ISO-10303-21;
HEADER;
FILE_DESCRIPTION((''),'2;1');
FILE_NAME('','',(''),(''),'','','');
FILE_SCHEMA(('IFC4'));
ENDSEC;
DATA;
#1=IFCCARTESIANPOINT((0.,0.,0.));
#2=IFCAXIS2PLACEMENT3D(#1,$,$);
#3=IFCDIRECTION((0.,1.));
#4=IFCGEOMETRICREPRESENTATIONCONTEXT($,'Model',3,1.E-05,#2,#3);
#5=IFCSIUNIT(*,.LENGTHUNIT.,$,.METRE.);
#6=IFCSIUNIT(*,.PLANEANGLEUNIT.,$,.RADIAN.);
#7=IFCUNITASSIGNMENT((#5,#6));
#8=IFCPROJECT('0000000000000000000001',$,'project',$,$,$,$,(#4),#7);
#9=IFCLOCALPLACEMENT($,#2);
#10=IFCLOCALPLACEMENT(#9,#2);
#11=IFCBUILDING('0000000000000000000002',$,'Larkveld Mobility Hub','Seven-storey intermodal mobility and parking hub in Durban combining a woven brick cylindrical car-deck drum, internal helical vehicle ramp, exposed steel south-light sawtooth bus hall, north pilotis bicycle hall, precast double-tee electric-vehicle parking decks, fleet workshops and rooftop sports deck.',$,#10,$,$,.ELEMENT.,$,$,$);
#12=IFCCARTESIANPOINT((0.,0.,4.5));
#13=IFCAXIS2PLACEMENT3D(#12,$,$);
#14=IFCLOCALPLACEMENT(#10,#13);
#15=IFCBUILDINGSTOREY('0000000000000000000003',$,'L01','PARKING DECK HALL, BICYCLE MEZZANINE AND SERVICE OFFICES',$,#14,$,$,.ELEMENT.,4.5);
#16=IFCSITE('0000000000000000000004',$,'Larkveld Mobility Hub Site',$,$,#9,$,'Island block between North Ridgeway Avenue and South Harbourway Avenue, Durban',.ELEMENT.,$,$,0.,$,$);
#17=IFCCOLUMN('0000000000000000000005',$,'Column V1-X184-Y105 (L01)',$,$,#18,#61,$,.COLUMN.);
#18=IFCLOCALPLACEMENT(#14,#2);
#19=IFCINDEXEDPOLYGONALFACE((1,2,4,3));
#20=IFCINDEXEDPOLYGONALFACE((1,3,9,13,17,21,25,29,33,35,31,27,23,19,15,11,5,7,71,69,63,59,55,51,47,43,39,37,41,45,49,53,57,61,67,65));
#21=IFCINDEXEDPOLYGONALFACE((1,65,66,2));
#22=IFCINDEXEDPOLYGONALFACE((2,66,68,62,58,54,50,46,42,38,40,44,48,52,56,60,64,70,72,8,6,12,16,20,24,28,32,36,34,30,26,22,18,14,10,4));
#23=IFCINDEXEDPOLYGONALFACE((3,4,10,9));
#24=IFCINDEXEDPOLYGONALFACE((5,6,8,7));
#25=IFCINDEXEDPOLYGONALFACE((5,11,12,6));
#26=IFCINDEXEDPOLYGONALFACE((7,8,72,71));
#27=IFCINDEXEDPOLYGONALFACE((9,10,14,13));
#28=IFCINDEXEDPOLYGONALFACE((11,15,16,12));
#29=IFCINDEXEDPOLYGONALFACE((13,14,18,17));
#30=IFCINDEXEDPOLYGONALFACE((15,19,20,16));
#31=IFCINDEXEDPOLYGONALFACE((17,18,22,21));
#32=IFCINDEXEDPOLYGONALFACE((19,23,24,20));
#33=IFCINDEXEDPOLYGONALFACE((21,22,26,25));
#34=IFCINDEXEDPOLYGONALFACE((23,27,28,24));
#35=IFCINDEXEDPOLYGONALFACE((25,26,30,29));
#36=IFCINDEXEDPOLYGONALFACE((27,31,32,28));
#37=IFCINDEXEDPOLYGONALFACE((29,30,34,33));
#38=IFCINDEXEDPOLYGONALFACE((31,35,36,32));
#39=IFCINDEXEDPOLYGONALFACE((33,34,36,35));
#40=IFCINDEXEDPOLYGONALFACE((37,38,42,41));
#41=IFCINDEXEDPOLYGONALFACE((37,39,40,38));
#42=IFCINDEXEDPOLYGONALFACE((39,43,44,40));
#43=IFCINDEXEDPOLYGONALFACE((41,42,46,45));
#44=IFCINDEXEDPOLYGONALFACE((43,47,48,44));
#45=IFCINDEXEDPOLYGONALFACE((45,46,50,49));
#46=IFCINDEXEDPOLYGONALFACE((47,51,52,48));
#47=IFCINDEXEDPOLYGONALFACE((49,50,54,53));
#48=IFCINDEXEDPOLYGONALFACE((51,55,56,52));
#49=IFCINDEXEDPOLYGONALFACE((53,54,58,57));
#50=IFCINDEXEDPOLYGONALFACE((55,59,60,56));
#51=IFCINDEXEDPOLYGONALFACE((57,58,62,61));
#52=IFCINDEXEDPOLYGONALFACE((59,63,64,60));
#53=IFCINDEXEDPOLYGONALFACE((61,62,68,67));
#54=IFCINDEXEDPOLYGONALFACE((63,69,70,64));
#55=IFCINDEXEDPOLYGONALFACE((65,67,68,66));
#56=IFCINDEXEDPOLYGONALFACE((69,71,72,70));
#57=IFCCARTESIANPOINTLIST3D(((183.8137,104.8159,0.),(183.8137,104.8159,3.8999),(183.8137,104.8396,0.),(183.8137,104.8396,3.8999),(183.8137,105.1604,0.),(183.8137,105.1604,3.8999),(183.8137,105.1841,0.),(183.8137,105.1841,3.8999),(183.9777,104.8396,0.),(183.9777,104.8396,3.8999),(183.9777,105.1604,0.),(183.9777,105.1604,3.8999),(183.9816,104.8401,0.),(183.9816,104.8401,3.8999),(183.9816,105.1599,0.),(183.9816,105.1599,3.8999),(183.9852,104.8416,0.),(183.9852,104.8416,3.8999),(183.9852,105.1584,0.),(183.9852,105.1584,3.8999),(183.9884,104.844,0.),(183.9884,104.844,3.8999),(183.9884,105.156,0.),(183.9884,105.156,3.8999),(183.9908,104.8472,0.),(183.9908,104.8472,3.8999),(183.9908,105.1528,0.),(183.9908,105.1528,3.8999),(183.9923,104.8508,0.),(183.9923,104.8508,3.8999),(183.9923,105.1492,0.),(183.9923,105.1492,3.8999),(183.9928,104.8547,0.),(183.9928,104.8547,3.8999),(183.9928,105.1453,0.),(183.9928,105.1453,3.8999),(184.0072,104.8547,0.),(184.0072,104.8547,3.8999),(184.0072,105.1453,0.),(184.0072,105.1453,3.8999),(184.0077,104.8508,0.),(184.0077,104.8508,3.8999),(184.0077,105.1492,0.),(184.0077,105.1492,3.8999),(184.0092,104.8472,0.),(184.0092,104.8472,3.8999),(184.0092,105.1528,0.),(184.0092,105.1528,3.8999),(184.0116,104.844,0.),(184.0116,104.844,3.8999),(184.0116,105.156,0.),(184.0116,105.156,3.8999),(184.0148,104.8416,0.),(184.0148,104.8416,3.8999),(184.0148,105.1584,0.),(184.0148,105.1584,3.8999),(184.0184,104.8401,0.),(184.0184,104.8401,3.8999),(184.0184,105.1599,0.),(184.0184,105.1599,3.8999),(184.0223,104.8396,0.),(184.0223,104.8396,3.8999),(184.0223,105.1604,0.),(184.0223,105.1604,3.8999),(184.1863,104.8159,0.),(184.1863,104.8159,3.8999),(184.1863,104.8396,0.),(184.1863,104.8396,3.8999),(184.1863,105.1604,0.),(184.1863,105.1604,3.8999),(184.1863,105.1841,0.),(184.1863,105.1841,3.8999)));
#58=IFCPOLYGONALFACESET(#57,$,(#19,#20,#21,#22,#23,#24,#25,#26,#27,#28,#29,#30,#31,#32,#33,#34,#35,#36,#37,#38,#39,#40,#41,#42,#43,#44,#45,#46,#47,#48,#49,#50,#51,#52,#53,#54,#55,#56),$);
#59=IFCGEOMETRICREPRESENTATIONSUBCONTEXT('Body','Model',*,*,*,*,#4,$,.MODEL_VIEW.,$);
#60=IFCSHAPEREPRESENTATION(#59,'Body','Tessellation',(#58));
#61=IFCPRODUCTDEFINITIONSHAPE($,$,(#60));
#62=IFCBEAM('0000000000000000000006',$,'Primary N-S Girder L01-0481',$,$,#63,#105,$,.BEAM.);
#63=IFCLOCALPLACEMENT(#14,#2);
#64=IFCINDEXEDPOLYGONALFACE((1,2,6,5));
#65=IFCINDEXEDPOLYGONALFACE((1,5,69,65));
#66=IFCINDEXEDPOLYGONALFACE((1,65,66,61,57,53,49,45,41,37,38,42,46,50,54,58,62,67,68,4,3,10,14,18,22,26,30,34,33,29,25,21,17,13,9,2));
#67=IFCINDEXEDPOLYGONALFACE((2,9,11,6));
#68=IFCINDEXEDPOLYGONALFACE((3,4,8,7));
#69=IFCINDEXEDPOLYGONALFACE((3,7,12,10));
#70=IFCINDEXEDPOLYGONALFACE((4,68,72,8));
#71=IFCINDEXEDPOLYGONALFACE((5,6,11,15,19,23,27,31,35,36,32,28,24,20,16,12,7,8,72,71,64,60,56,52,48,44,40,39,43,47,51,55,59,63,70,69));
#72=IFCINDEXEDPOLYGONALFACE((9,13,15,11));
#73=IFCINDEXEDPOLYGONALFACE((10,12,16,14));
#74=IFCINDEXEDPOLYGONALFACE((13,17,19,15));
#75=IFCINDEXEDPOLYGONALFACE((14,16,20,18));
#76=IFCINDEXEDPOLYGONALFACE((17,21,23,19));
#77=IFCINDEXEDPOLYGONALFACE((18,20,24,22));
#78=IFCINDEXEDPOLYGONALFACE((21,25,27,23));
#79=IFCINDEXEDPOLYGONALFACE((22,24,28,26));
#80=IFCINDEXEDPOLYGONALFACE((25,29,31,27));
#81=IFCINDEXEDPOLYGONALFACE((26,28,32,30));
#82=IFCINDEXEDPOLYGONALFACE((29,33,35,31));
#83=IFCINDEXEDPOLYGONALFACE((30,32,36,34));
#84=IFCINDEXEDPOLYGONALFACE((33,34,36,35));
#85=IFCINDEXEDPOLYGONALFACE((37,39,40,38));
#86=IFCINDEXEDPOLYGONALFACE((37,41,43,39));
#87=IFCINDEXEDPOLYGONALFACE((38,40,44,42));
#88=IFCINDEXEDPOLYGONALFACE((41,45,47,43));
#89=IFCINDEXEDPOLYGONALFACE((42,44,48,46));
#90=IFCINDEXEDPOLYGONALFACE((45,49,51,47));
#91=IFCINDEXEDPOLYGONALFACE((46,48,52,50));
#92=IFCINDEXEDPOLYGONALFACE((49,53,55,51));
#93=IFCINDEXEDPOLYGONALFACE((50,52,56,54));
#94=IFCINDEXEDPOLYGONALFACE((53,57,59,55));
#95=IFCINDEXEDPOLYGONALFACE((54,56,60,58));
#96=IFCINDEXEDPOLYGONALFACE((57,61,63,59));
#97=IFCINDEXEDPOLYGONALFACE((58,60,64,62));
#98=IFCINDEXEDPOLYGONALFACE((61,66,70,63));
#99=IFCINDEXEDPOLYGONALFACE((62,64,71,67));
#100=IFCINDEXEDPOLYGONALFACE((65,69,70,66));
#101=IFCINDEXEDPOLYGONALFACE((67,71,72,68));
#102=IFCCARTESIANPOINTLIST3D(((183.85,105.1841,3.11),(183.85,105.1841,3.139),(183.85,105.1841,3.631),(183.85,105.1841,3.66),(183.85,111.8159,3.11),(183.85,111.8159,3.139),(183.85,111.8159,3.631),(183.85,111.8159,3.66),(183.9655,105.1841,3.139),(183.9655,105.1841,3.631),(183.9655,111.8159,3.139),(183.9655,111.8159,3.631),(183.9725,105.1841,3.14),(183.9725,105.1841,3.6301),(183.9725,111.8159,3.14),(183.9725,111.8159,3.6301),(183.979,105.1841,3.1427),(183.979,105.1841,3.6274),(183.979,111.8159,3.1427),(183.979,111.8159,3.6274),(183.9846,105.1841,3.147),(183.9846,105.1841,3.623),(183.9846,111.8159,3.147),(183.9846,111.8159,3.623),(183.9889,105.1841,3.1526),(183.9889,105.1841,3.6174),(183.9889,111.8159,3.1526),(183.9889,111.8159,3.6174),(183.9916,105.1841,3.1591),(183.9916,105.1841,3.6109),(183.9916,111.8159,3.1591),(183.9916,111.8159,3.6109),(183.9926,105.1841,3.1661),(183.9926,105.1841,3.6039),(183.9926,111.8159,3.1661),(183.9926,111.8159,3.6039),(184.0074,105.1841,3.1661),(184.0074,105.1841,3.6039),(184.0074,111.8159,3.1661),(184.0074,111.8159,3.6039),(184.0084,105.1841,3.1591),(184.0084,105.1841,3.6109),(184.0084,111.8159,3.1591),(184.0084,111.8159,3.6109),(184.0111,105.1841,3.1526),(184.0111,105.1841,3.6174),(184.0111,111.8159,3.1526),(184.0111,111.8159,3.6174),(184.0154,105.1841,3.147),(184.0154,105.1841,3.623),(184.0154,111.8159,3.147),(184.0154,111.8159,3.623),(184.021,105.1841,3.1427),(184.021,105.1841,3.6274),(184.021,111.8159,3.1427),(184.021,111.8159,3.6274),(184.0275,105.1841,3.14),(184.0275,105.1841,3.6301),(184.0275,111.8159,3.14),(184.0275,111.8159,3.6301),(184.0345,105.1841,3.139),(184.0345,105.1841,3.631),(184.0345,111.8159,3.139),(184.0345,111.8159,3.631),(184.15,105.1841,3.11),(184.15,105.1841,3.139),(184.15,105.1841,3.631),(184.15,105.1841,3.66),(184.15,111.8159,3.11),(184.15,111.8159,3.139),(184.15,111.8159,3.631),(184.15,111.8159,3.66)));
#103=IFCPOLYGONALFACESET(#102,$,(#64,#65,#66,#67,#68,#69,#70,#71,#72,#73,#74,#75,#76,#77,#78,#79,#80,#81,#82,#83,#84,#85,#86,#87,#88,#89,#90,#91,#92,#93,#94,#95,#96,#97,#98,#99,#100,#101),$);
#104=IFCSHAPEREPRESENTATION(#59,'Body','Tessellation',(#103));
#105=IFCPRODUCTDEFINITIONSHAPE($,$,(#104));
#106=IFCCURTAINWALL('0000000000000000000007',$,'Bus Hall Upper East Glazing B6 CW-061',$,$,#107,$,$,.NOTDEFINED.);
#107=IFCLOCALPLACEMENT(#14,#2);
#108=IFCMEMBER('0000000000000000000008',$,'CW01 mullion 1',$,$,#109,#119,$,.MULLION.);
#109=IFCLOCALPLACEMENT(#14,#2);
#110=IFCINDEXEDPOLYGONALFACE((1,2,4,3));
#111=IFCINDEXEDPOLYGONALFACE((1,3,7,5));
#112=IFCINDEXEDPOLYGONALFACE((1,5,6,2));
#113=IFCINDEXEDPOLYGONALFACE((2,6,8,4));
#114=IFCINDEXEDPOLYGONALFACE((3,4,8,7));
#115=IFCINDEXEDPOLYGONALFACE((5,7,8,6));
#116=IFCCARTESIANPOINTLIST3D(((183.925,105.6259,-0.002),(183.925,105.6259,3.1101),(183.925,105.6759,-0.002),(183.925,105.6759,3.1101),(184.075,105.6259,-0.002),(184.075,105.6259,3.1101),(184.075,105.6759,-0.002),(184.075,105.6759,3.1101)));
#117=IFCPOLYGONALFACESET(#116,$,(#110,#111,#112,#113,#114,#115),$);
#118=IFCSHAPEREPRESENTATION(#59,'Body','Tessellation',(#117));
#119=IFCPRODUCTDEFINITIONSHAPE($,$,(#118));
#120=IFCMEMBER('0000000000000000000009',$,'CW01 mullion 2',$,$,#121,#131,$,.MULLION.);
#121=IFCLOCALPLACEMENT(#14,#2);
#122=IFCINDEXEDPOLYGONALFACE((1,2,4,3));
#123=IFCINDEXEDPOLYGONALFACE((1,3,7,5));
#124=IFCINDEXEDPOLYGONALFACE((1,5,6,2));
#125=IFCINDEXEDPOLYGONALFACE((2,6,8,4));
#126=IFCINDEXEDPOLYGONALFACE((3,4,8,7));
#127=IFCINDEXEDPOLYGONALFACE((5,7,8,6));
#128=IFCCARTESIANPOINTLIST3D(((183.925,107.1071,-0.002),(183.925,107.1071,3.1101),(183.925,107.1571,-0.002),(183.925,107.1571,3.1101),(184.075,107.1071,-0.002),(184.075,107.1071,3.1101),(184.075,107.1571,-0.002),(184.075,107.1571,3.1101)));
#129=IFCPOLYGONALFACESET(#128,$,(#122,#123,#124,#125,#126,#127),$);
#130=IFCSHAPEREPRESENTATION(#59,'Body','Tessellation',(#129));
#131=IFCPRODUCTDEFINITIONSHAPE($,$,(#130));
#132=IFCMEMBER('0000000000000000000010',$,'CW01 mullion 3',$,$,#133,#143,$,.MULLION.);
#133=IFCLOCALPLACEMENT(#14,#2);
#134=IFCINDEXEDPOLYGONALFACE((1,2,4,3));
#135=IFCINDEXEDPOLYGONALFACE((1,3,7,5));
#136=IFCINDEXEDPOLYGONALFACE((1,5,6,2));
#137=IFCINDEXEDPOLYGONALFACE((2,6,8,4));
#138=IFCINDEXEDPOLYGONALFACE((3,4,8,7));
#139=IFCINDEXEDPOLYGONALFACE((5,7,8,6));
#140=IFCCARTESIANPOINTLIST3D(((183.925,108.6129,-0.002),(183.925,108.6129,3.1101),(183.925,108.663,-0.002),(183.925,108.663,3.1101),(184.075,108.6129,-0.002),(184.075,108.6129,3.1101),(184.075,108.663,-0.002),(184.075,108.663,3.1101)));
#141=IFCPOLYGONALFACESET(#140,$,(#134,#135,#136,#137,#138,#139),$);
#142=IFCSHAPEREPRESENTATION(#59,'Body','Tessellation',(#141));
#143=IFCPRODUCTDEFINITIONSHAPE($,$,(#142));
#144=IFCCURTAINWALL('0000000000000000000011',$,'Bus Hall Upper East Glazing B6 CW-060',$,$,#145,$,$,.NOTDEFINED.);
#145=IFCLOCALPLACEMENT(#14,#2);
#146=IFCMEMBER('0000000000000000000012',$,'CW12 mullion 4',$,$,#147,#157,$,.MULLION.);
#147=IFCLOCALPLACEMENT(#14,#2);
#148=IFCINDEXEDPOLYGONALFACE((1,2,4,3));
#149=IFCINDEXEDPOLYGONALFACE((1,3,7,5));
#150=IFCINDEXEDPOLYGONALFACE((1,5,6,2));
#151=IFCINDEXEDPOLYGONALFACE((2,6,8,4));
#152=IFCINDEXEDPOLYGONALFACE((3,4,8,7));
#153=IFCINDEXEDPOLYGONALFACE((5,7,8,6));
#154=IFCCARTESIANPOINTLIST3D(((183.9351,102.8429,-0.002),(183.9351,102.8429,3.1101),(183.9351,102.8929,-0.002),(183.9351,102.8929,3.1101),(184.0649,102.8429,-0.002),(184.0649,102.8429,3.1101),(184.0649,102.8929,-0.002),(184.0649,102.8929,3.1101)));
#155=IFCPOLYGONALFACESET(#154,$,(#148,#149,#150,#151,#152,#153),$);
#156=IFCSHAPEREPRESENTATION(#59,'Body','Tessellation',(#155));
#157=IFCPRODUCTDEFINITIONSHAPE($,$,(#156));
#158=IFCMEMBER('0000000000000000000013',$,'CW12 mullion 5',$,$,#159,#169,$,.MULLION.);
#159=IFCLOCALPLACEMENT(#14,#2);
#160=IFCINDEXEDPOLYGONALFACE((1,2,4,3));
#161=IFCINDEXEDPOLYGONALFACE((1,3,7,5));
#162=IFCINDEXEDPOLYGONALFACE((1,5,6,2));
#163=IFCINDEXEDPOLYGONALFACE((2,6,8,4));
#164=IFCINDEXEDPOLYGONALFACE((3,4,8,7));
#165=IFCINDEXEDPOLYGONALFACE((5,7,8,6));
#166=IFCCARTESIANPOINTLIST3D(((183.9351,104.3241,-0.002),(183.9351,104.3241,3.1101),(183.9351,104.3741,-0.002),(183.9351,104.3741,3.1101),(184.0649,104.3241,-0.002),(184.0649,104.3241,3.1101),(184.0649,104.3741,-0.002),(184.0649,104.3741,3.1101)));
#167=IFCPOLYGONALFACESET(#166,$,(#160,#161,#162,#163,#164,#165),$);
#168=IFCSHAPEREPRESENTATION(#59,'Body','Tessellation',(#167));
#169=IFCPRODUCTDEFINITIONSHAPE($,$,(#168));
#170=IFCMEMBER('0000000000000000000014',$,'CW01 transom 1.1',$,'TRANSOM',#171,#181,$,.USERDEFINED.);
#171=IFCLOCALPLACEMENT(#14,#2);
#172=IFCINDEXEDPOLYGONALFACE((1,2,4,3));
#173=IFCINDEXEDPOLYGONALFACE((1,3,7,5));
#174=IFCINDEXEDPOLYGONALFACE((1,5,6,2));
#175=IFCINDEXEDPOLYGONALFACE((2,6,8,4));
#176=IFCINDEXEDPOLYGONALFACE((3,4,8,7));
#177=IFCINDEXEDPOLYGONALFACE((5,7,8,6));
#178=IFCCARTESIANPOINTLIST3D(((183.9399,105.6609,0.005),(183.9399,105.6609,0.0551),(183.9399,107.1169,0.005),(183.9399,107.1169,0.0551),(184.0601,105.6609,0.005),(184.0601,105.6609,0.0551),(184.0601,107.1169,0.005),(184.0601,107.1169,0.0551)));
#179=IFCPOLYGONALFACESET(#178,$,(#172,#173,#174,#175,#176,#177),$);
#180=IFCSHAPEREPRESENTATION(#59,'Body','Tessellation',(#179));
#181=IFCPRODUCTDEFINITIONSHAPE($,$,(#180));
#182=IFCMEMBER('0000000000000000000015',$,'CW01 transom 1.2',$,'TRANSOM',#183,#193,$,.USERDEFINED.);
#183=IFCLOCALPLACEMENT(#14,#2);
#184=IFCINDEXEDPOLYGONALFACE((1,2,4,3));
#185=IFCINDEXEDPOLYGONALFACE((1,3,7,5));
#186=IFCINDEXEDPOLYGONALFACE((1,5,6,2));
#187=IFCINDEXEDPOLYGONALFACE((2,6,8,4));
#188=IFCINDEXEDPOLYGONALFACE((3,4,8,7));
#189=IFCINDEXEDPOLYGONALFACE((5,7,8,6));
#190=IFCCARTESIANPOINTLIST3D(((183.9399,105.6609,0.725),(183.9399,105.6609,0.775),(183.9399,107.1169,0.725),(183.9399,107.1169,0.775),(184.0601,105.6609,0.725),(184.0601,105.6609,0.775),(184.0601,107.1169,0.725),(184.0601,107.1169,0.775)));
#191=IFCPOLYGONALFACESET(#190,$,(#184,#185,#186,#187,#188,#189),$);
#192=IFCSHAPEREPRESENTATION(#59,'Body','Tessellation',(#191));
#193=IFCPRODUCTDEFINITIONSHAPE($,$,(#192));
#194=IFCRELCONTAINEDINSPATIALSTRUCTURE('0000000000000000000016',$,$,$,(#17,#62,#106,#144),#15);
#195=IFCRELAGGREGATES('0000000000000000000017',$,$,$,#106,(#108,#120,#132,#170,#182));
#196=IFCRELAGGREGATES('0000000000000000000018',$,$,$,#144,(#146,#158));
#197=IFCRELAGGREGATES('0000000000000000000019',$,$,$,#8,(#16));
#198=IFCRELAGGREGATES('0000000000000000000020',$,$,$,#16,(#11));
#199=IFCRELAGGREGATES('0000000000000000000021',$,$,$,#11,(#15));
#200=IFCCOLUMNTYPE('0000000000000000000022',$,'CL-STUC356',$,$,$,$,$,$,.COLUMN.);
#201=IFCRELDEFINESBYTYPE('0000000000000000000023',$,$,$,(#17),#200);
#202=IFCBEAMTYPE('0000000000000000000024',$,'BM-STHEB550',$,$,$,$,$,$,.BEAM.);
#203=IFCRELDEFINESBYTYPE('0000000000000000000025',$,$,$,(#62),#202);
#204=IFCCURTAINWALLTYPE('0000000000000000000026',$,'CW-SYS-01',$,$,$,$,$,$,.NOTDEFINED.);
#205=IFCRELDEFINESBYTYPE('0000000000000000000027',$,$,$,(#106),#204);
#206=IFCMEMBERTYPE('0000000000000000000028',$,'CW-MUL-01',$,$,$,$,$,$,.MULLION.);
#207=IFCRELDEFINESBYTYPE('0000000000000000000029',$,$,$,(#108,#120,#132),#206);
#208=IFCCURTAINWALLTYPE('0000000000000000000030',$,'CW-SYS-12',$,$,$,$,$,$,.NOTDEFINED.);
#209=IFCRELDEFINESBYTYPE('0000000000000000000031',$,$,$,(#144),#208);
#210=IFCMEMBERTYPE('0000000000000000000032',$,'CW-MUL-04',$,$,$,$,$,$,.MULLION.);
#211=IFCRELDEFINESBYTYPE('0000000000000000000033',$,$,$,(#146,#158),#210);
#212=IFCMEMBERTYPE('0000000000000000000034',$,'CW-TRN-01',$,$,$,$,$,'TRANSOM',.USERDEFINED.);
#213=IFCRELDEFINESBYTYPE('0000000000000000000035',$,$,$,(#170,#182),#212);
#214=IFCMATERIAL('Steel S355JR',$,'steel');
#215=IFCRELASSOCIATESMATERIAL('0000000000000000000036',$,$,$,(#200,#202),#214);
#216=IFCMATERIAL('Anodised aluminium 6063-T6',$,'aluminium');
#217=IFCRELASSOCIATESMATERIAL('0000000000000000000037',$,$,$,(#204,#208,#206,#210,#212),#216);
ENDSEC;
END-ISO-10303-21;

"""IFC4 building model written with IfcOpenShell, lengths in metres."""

from ifc_helpers import new_model, si_unit, direction, frame, origin, origin_2d, place, context, subcontext, project, spatial, rectangle, i_section, extrude, material, material_profile, profile_set, type_object, element, aggregate, save


model = new_model("IFC4")

# Units and contexts
model_context = context("Model", 3, precision=1e-05, world=origin(), true_north=direction((0.0, 1.0)))
body_context = subcontext(model_context, "Body", "Model", "MODEL_VIEW")
ifc_project = project(units=[si_unit("LENGTHUNIT", "METRE"), si_unit("PLANEANGLEUNIT", "RADIAN")], contexts=[model_context])

# Site, building, storey
site_placement = place(None, origin())
site = spatial("IfcSite", under=ifc_project, at=site_placement, Name="Larkveld Mobility Hub Site", LongName="Island block between North Ridgeway Avenue and South Harbourway Avenue, Durban", CompositionType="ELEMENT", RefElevation=0.0)
building_placement = place(site_placement, origin())
building = spatial("IfcBuilding", under=site, at=building_placement, Name="Larkveld Mobility Hub", Description="Seven-storey intermodal mobility and parking hub in Durban combining a woven brick cylindrical car-deck drum, internal helical vehicle ramp, exposed steel south-light sawtooth bus hall, north pilotis bicycle hall, precast double-tee electric-vehicle parking decks, fleet workshops and rooftop sports deck.", CompositionType="ELEMENT")
storey_placement = place(building_placement, frame((0.0, 0.0, 4.5)))
storey = spatial("IfcBuildingStorey", under=building, at=storey_placement, Name="L01", Description="PARKING DECK HALL, BICYCLE MEZZANINE AND SERVICE OFFICES", CompositionType="ELEMENT", Elevation=4.5)

# Column
ifc_material_1 = material(Name="Steel S355JR", Category="steel")
ifc_material_profile_1 = material_profile(ifc_material_1, i_section(OverallWidth=0.3726, OverallDepth=0.3682, WebThickness=0.0144, FlangeThickness=0.0237, FilletRadius=0.0151, at=origin_2d()), Name="UC 356x368x177")
ifc_profile_set_1 = profile_set([ifc_material_profile_1], Name="Steel S355JR")
column_type = type_object("IfcColumnType", Name="CL-STUC356", PredefinedType="COLUMN", material=ifc_profile_set_1)
column_placement = place(storey_placement, frame((184.0, 105.0, 0.0), z_axis=(0.0, 0.0, 1.0), x_axis=(1.0, 0.0, 0.0)))
element("IfcColumn", 1, at=column_placement, inside=storey, type_object=column_type, Name="Column V1-X184-Y105 (L01)", PredefinedType="COLUMN", context=body_context, shape_type="SweptSolid", body=[
    extrude(i_section(OverallWidth=0.3726, OverallDepth=0.3682, WebThickness=0.0144, FlangeThickness=0.0237, FilletRadius=0.0151, at=origin_2d()), origin(), (0.0, 0.0, 1.0), 3.8999),
])

# Beam
ifc_material_profile_2 = material_profile(ifc_material_1, i_section(OverallWidth=0.3, OverallDepth=0.55, WebThickness=0.0149, FlangeThickness=0.0291, FilletRadius=0.0271, at=origin_2d()), Name="HEB 550")
ifc_profile_set_2 = profile_set([ifc_material_profile_2], Name="Steel S355JR")
beam_type = type_object("IfcBeamType", Name="BM-STHEB550", PredefinedType="BEAM", material=ifc_profile_set_2)
beam_placement = place(storey_placement, frame((184.0, 105.1841, 3.385), z_axis=(0.0, 1.0, 0.0), x_axis=(-1.0, 0.0, 0.0)))
element("IfcBeam", 2, at=beam_placement, inside=storey, type_object=beam_type, Name="Primary N-S Girder L01-0481", PredefinedType="BEAM", context=body_context, shape_type="SweptSolid", body=[
    extrude(i_section(OverallWidth=0.3, OverallDepth=0.55, WebThickness=0.0149, FlangeThickness=0.0291, FilletRadius=0.0271, at=origin_2d()), origin(), (0.0, 0.0, 1.0), 6.6318),
])

# Curtain walls, members
ifc_material_2 = material(Name="Anodised aluminium 6063-T6", Category="aluminium")
curtain_wall_type_1 = type_object("IfcCurtainWallType", Name="CW-SYS-01", PredefinedType="NOTDEFINED", material=ifc_material_2)
curtain_wall_1_placement = place(storey_placement, origin())
curtain_wall_1 = element("IfcCurtainWall", 3, at=curtain_wall_1_placement, inside=storey, type_object=curtain_wall_type_1, Name="Bus Hall Upper East Glazing B6 CW-061", PredefinedType="NOTDEFINED")
ifc_material_profile_3 = material_profile(ifc_material_2, rectangle(XDim=0.05, YDim=0.1499, at=origin_2d()), Name="ALU MULL 50x150")
ifc_profile_set_3 = profile_set([ifc_material_profile_3], Name="Anodised aluminium 6063-T6")
member_type_1 = type_object("IfcMemberType", Name="CW-MUL-01", PredefinedType="MULLION", material=ifc_profile_set_3)
member_1_placement = place(storey_placement, frame((184.0, 105.6509, -0.002), z_axis=(0.0, 0.0, 1.0), x_axis=(0.0, 1.0, 0.0)))
member_1 = element("IfcMember", 4, at=member_1_placement, type_object=member_type_1, Name="CW01 mullion 1", PredefinedType="MULLION", context=body_context, shape_type="SweptSolid", body=[
    extrude(rectangle(XDim=0.05, YDim=0.1499, at=origin_2d()), origin(), (0.0, 0.0, 1.0), 3.1121),
])
member_2_placement = place(storey_placement, frame((184.0, 107.1321, -0.002), z_axis=(0.0, 0.0, 1.0), x_axis=(0.0, 1.0, 0.0)))
member_2 = element("IfcMember", 5, at=member_2_placement, type_object=member_type_1, Name="CW01 mullion 2", PredefinedType="MULLION", context=body_context, shape_type="SweptSolid", body=[
    extrude(rectangle(XDim=0.05, YDim=0.1499, at=origin_2d()), origin(), (0.0, 0.0, 1.0), 3.1121),
])
member_3_placement = place(storey_placement, frame((184.0, 108.6379, -0.002), z_axis=(0.0, 0.0, 1.0), x_axis=(0.0, 1.0, 0.0)))
member_3 = element("IfcMember", 6, at=member_3_placement, type_object=member_type_1, Name="CW01 mullion 3", PredefinedType="MULLION", context=body_context, shape_type="SweptSolid", body=[
    extrude(rectangle(XDim=0.05, YDim=0.1499, at=origin_2d()), origin(), (0.0, 0.0, 1.0), 3.1121),
])
curtain_wall_type_2 = type_object("IfcCurtainWallType", Name="CW-SYS-12", PredefinedType="NOTDEFINED", material=ifc_material_2)
curtain_wall_2_placement = place(storey_placement, origin())
curtain_wall_2 = element("IfcCurtainWall", 7, at=curtain_wall_2_placement, inside=storey, type_object=curtain_wall_type_2, Name="Bus Hall Upper East Glazing B6 CW-060", PredefinedType="NOTDEFINED")
ifc_material_profile_4 = material_profile(ifc_material_2, rectangle(XDim=0.05, YDim=0.1299, at=origin_2d()), Name="ALU MULL 50x130")
ifc_profile_set_4 = profile_set([ifc_material_profile_4], Name="Anodised aluminium 6063-T6")
member_type_2 = type_object("IfcMemberType", Name="CW-MUL-04", PredefinedType="MULLION", material=ifc_profile_set_4)
member_4_placement = place(storey_placement, frame((184.0, 102.8679, -0.002), z_axis=(0.0, 0.0, 1.0), x_axis=(0.0, 1.0, 0.0)))
member_4 = element("IfcMember", 8, at=member_4_placement, type_object=member_type_2, Name="CW12 mullion 4", PredefinedType="MULLION", context=body_context, shape_type="SweptSolid", body=[
    extrude(rectangle(XDim=0.05, YDim=0.1299, at=origin_2d()), origin(), (0.0, 0.0, 1.0), 3.1121),
])
member_5_placement = place(storey_placement, frame((184.0, 104.3491, -0.002), z_axis=(0.0, 0.0, 1.0), x_axis=(0.0, 1.0, 0.0)))
member_5 = element("IfcMember", 9, at=member_5_placement, type_object=member_type_2, Name="CW12 mullion 5", PredefinedType="MULLION", context=body_context, shape_type="SweptSolid", body=[
    extrude(rectangle(XDim=0.05, YDim=0.1299, at=origin_2d()), origin(), (0.0, 0.0, 1.0), 3.1121),
])

# Members
ifc_material_profile_5 = material_profile(ifc_material_2, rectangle(XDim=0.1201, YDim=0.05, at=origin_2d()), Name="ALU TRAN 50x120")
ifc_profile_set_5 = profile_set([ifc_material_profile_5], Name="Anodised aluminium 6063-T6")
member_type_3 = type_object("IfcMemberType", Name="CW-TRN-01", ElementType="TRANSOM", PredefinedType="USERDEFINED", material=ifc_profile_set_5)
member_6_placement = place(storey_placement, frame((184.0, 105.6609, 0.03), z_axis=(0.0, 1.0, 0.0), x_axis=(-1.0, 0.0, 0.0)))
member_6 = element("IfcMember", 10, at=member_6_placement, type_object=member_type_3, Name="CW01 transom 1.1", ObjectType="TRANSOM", PredefinedType="USERDEFINED", context=body_context, shape_type="SweptSolid", body=[
    extrude(rectangle(XDim=0.1201, YDim=0.05, at=origin_2d()), origin(), (0.0, 0.0, 1.0), 1.4561),
])
member_7_placement = place(storey_placement, frame((184.0, 105.6609, 0.75), z_axis=(0.0, 1.0, 0.0), x_axis=(-1.0, 0.0, 0.0)))
member_7 = element("IfcMember", 11, at=member_7_placement, type_object=member_type_3, Name="CW01 transom 1.2", ObjectType="TRANSOM", PredefinedType="USERDEFINED", context=body_context, shape_type="SweptSolid", body=[
    extrude(rectangle(XDim=0.1201, YDim=0.05, at=origin_2d()), origin(), (0.0, 0.0, 1.0), 1.4561),
])

aggregate(curtain_wall_1, [member_1, member_2, member_3, member_6, member_7])
aggregate(curtain_wall_2, [member_4, member_5])

save(model, "model.ifc")
